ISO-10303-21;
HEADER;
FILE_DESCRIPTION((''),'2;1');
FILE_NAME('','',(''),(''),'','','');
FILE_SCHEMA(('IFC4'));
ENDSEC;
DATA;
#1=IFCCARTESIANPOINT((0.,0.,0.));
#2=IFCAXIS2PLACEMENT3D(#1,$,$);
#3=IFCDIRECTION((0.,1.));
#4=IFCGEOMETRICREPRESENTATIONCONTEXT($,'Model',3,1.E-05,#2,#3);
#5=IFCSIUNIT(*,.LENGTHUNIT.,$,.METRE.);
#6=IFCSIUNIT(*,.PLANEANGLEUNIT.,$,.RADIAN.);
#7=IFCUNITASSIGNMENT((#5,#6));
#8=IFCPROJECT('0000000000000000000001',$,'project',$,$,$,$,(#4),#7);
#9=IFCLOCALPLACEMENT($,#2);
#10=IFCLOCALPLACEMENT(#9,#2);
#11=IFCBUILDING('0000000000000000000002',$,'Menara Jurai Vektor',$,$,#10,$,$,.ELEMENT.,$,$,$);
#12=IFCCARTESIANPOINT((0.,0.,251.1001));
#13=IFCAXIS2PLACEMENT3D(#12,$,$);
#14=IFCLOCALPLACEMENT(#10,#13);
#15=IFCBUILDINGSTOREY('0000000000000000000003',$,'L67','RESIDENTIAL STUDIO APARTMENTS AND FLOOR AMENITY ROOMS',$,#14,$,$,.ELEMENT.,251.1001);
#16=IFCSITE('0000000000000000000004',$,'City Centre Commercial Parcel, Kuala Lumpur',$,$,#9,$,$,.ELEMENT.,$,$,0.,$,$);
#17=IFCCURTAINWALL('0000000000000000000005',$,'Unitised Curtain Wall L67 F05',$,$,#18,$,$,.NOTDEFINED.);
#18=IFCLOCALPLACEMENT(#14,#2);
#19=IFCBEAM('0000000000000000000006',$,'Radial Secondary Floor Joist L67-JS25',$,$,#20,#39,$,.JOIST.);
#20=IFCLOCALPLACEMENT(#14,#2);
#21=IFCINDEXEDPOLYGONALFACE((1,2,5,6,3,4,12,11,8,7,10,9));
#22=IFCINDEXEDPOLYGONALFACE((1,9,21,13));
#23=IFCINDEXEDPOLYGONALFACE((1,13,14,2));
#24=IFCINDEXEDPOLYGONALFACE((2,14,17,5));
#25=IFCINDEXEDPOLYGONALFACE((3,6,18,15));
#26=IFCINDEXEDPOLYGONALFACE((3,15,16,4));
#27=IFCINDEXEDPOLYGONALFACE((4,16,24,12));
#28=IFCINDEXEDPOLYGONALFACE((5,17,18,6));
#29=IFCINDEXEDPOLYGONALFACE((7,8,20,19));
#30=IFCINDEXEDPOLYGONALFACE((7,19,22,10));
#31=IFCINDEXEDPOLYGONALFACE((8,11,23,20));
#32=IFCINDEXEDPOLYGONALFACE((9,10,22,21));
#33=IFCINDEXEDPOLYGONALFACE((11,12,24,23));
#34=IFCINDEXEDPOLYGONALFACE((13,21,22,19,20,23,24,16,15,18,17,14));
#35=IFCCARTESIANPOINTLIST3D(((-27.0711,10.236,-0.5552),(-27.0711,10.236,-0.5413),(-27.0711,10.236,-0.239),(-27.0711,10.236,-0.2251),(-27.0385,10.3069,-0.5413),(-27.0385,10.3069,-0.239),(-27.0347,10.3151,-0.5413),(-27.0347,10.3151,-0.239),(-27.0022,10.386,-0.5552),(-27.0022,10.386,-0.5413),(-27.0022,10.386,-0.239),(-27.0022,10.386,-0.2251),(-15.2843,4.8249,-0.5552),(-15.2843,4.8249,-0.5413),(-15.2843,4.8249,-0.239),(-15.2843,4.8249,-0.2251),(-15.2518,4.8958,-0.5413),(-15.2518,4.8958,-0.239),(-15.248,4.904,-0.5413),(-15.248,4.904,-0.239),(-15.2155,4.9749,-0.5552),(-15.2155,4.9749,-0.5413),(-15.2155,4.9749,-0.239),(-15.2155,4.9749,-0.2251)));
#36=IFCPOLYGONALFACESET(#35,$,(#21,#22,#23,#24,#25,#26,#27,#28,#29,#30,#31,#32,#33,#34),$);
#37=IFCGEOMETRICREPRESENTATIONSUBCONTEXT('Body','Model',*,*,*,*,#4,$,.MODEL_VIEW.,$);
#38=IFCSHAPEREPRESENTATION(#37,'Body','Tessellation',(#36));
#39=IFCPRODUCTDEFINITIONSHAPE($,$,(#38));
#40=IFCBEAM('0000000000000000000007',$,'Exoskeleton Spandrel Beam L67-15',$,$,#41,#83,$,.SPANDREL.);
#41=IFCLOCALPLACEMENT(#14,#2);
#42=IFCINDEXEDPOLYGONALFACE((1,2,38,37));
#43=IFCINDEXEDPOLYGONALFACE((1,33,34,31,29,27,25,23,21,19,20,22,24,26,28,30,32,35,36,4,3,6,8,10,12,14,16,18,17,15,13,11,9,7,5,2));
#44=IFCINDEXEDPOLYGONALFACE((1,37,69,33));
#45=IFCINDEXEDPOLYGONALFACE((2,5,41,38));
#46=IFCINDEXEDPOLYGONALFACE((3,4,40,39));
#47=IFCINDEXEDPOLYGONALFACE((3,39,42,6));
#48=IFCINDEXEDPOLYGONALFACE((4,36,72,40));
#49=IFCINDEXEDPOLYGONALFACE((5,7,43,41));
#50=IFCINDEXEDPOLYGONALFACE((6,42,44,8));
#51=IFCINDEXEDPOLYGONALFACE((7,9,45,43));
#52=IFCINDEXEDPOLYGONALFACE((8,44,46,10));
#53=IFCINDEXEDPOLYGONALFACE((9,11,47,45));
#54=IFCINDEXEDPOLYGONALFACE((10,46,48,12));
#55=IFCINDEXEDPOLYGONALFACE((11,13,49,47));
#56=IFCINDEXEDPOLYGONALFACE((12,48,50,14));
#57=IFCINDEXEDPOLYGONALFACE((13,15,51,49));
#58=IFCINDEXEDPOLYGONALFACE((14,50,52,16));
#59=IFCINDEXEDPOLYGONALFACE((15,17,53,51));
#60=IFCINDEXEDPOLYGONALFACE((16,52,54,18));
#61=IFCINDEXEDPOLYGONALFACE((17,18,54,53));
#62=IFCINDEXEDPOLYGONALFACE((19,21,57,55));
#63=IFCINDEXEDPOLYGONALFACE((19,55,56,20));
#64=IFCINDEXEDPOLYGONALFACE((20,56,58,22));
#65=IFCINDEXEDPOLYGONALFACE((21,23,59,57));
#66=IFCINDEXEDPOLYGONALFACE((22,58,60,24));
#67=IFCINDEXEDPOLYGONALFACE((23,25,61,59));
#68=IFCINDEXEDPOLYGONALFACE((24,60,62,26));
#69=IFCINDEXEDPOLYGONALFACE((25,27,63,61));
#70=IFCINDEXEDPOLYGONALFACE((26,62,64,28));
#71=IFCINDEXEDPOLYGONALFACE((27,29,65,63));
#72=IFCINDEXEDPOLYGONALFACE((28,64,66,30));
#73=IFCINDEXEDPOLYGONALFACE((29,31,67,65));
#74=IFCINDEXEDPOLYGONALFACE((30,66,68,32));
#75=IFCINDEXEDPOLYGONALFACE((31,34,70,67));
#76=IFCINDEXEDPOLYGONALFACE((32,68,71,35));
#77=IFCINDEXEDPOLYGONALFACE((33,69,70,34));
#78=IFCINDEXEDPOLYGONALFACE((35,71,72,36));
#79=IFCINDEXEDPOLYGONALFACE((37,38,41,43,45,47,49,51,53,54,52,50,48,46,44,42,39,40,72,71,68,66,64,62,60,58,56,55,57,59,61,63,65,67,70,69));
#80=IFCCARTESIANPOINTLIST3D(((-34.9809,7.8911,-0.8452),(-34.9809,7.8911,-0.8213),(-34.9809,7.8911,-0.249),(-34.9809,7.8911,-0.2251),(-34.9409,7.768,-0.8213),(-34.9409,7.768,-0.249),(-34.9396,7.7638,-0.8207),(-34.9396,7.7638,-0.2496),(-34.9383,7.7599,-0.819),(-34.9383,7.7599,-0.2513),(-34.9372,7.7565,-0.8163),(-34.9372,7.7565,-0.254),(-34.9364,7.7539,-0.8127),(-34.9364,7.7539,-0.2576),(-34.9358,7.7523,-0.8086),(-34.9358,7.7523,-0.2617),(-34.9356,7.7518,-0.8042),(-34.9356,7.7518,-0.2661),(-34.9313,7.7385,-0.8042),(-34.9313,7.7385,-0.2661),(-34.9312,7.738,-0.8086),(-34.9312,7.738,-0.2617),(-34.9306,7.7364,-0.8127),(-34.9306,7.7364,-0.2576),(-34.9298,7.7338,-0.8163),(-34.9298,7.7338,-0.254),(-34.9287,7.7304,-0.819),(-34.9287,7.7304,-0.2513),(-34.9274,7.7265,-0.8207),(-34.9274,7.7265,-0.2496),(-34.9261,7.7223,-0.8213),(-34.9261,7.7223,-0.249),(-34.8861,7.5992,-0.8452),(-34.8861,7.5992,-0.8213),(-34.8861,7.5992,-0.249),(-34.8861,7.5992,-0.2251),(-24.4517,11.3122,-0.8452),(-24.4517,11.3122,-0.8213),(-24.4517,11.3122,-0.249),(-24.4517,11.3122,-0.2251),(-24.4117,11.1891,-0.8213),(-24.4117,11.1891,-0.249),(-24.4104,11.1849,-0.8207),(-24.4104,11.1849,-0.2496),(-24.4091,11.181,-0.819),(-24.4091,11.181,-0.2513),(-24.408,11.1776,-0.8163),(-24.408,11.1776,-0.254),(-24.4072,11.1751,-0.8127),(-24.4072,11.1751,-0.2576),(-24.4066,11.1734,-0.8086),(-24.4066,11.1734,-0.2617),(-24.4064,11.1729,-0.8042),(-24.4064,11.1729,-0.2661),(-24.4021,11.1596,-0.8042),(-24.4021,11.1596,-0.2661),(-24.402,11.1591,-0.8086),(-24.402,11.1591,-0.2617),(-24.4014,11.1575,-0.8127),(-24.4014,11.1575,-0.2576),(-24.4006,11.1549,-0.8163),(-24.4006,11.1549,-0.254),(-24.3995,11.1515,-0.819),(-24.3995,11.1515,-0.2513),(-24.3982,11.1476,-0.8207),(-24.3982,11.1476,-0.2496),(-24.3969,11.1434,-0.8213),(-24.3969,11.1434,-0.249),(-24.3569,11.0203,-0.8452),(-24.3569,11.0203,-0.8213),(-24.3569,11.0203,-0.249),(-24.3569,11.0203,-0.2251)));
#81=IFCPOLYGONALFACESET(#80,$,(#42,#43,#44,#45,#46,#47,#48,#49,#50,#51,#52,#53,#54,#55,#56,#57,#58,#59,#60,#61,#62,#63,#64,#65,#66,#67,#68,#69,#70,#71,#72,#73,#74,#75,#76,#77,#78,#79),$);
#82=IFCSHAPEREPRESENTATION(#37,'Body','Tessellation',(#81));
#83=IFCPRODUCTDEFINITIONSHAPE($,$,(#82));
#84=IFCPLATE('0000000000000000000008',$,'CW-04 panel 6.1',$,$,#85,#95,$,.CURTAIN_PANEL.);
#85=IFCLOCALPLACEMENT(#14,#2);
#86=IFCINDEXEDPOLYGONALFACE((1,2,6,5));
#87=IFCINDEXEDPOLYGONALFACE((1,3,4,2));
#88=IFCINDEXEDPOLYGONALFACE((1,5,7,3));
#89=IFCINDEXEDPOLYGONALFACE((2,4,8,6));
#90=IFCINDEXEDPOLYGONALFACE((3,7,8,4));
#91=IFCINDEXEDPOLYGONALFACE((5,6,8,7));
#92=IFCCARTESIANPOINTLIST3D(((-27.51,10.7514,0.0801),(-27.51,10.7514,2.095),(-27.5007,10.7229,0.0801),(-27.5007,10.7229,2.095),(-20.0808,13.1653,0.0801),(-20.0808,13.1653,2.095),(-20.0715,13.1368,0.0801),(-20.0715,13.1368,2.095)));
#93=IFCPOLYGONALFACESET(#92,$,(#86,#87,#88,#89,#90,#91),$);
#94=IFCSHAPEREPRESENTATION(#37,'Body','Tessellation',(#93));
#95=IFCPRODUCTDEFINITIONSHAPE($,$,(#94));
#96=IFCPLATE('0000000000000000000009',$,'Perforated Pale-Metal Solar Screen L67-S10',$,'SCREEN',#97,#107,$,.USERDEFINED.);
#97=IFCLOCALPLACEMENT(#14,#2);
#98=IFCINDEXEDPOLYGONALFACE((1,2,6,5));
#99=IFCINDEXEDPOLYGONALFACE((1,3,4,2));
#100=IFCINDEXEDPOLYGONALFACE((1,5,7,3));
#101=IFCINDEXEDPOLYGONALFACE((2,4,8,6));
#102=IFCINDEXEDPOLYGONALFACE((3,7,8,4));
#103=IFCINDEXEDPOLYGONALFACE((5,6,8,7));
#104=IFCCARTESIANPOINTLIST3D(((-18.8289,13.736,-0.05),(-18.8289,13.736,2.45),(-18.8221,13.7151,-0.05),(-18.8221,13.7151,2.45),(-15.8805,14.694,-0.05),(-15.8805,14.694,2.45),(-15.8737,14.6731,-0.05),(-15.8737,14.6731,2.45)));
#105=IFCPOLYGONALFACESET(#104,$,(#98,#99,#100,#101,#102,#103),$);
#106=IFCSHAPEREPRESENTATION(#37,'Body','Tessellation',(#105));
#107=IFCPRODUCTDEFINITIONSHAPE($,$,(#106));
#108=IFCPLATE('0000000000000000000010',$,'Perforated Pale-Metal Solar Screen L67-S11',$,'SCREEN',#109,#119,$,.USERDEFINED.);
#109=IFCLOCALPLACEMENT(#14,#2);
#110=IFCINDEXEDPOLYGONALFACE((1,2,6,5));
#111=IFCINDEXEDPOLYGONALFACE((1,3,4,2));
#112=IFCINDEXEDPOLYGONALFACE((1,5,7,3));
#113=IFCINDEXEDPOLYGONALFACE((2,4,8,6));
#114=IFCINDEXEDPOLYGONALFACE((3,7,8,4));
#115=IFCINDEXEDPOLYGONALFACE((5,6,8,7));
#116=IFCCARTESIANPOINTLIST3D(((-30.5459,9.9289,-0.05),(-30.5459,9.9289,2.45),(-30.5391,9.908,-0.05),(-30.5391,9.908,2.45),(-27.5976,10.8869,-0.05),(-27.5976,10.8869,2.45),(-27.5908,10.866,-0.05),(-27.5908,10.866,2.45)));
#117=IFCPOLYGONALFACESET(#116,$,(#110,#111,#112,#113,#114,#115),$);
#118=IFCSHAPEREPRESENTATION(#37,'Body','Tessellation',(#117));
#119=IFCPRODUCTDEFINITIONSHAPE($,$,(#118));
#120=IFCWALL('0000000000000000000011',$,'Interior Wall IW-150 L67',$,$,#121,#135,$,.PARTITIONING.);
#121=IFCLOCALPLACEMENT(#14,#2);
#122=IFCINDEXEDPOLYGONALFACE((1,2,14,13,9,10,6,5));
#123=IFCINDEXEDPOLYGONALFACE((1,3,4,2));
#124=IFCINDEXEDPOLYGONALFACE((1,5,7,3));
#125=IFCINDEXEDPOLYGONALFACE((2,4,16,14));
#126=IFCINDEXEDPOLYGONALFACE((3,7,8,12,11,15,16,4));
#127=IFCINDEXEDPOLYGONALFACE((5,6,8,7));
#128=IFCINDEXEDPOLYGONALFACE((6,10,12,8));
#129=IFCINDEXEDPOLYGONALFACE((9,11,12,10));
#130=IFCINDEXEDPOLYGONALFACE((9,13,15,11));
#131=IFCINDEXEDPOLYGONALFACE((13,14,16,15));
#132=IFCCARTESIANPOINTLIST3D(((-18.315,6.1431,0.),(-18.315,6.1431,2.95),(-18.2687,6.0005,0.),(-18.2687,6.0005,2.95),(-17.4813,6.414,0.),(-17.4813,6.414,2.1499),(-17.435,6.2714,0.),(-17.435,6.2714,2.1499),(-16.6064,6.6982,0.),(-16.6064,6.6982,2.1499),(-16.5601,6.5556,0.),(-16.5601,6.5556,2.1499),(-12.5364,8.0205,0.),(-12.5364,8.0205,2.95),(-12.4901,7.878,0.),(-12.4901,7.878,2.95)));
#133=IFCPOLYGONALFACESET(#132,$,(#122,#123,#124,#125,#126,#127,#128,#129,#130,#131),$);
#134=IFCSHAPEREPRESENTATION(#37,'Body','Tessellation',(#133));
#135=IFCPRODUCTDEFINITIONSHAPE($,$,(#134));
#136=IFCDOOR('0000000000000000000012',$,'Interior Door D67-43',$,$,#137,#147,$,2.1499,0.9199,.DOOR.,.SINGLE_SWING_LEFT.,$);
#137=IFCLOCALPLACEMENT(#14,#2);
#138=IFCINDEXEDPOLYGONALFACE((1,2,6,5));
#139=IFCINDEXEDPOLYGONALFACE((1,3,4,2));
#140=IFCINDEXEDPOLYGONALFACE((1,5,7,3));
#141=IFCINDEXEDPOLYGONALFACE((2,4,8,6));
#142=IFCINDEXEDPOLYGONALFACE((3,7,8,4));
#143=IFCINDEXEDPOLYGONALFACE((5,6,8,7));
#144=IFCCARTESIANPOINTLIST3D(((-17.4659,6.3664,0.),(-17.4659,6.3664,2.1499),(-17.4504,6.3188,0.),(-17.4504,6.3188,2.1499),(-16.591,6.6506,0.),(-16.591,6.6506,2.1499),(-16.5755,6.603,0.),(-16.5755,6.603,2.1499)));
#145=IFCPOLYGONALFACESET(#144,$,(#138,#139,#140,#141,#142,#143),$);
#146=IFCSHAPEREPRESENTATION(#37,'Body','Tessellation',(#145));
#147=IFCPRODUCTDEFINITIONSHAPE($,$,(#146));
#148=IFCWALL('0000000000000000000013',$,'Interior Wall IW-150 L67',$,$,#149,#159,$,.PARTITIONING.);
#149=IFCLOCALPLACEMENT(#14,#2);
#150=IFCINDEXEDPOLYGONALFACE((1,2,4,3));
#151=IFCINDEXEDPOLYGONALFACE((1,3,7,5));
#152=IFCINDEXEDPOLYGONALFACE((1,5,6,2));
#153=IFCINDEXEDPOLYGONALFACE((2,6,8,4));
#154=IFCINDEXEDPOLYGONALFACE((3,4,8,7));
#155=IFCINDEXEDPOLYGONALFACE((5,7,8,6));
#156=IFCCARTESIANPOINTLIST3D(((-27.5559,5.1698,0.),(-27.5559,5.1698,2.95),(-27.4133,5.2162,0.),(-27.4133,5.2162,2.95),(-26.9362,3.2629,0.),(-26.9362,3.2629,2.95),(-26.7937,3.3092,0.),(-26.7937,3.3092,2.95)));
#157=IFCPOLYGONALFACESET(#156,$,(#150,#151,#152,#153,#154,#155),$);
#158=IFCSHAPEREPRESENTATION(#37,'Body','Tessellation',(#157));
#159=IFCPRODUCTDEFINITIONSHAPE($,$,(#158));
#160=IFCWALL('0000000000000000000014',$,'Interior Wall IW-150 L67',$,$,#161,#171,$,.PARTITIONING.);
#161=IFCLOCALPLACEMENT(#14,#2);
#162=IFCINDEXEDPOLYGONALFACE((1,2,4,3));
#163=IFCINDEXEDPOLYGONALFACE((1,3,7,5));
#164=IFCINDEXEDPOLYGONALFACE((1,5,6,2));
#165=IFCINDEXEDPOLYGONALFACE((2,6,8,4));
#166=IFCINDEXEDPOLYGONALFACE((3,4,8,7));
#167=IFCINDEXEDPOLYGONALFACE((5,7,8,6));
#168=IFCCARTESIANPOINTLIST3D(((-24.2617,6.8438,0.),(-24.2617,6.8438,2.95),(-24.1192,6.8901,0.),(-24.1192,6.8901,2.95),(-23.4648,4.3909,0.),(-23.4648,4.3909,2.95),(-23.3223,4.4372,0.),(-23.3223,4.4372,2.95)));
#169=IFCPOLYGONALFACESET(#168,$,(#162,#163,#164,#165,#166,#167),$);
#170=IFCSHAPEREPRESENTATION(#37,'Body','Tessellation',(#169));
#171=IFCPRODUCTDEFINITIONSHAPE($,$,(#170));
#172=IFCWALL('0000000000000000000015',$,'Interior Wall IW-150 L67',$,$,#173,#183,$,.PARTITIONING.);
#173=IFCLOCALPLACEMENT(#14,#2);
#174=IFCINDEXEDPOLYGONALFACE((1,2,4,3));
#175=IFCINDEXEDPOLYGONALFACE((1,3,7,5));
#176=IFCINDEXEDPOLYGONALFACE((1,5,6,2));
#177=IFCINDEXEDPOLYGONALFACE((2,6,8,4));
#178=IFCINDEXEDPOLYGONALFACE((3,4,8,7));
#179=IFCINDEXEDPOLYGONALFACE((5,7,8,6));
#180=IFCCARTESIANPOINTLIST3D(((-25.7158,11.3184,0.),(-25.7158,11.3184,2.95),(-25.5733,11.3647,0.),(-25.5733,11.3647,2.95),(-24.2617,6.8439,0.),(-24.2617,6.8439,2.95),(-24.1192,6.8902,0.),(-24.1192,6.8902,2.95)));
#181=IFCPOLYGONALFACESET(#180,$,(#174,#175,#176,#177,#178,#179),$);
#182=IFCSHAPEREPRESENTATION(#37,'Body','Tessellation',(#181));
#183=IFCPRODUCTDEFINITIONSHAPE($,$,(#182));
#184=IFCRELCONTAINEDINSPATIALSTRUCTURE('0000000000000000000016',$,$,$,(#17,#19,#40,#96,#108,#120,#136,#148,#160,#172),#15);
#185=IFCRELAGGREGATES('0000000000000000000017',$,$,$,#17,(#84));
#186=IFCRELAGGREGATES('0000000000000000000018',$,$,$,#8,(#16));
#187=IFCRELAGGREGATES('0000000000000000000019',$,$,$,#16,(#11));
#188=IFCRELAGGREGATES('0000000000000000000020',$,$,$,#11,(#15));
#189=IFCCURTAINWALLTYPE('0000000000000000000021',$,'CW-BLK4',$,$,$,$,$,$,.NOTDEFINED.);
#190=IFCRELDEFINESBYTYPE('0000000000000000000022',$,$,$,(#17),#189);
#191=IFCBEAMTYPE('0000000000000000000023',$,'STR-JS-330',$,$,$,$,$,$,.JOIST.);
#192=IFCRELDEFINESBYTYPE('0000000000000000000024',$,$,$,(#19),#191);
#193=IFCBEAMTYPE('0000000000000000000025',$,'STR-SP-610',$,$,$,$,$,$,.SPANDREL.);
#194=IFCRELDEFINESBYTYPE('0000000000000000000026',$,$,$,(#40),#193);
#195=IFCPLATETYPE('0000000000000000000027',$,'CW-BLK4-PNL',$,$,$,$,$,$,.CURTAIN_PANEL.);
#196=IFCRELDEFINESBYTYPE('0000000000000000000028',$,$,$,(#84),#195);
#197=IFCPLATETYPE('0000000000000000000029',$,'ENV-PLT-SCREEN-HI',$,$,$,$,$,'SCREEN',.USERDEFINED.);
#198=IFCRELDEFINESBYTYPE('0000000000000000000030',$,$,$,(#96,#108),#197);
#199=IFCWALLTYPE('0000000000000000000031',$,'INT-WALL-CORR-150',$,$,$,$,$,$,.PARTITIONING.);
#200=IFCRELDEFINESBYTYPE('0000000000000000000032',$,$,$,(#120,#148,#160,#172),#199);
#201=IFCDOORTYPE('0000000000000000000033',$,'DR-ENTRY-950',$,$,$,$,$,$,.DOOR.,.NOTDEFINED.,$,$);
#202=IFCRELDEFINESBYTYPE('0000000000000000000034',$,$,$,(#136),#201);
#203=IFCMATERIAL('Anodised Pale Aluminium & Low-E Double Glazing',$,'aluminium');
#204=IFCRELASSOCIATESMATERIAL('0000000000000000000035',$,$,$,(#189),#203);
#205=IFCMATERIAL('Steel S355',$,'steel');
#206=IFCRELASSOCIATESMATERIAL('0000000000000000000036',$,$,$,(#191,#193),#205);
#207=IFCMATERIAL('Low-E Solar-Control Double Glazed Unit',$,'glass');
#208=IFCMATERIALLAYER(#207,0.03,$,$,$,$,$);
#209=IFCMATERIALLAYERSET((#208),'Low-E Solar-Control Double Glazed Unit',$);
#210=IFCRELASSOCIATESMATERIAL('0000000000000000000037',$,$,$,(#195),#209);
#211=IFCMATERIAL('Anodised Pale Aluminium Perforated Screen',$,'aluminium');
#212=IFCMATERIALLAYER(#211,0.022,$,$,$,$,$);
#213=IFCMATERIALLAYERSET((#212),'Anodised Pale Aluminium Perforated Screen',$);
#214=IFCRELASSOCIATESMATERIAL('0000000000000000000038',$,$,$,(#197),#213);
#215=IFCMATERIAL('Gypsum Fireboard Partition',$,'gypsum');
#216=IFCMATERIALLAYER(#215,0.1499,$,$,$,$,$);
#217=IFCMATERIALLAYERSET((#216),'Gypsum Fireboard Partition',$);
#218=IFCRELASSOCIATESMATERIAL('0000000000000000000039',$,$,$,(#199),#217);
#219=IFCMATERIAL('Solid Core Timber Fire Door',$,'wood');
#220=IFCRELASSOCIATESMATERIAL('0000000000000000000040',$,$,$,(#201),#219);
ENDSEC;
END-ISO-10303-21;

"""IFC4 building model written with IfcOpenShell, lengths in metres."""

from ifc_helpers import new_model, si_unit, direction, frame, frame_2d, origin, origin_2d, place, context, subcontext, project, spatial, rectangle, i_section, extrude, material, layer, layer_set, material_profile, profile_set, type_object, element, fill, aggregate, save


model = new_model("IFC4")

# Units and contexts
model_context = context("Model", 3, precision=1e-05, world=origin(), true_north=direction((0.0, 1.0)))
body_context = subcontext(model_context, "Body", "Model", "MODEL_VIEW")
ifc_project = project(units=[si_unit("LENGTHUNIT", "METRE"), si_unit("PLANEANGLEUNIT", "RADIAN")], contexts=[model_context])

# Site, building, storey
site_placement = place(None, origin())
site = spatial("IfcSite", under=ifc_project, at=site_placement, Name="City Centre Commercial Parcel, Kuala Lumpur", CompositionType="ELEMENT", RefElevation=0.0)
building_placement = place(site_placement, origin())
building = spatial("IfcBuilding", under=site, at=building_placement, Name="Menara Jurai Vektor", CompositionType="ELEMENT")
storey_placement = place(building_placement, frame((0.0, 0.0, 251.1001)))
storey = spatial("IfcBuildingStorey", under=building, at=storey_placement, Name="L67", Description="RESIDENTIAL STUDIO APARTMENTS AND FLOOR AMENITY ROOMS", CompositionType="ELEMENT", Elevation=251.1001)

# Curtain wall
ifc_material_1 = material(Name="Anodised Pale Aluminium & Low-E Double Glazing", Category="aluminium")
curtain_wall_type = type_object("IfcCurtainWallType", Name="CW-BLK4", PredefinedType="NOTDEFINED", material=ifc_material_1)
curtain_wall_placement = place(storey_placement, origin())
curtain_wall = element("IfcCurtainWall", 1, at=curtain_wall_placement, inside=storey, type_object=curtain_wall_type, Name="Unitised Curtain Wall L67 F05", PredefinedType="NOTDEFINED")

# Beams
ifc_material_2 = material(Name="Steel S355", Category="steel")
ifc_material_profile_1 = material_profile(ifc_material_2, i_section(OverallWidth=0.165, OverallDepth=0.3301, WebThickness=0.009, FlangeThickness=0.0139, at=origin_2d()), Name="PG 330x165x46")
ifc_profile_set_1 = profile_set([ifc_material_profile_1], Name="Steel S355")
beam_type_1 = type_object("IfcBeamType", Name="STR-JS-330", PredefinedType="JOIST", material=ifc_profile_set_1)
beam_1_placement = place(storey_placement, frame((-27.0366, 10.311, -0.3901), z_axis=(0.908804, -0.417224, 0.0), x_axis=(0.417224, 0.908804, 0.0)))
element("IfcBeam", 2, at=beam_1_placement, inside=storey, type_object=beam_type_1, Name="Radial Secondary Floor Joist L67-JS25", PredefinedType="JOIST", context=body_context, shape_type="SweptSolid", body=[
    extrude(i_section(OverallWidth=0.165, OverallDepth=0.3301, WebThickness=0.009, FlangeThickness=0.0139, at=origin_2d()), origin(), (0.0, 0.0, 1.0), 12.9695),
])
ifc_material_profile_2 = material_profile(ifc_material_2, i_section(OverallWidth=0.3069, OverallDepth=0.6201, WebThickness=0.0139, FlangeThickness=0.0239, FilletRadius=0.0171, at=origin_2d()), Name="UKB 610x305x179")
ifc_profile_set_2 = profile_set([ifc_material_profile_2], Name="Steel S355")
beam_type_2 = type_object("IfcBeamType", Name="STR-SP-610", PredefinedType="SPANDREL", material=ifc_profile_set_2)
beam_2_placement = place(storey_placement, frame((-24.4043, 11.1663, -0.5352), z_axis=(-0.951057, -0.309014, 0.0), x_axis=(0.309014, -0.951057, 0.0)))
element("IfcBeam", 3, at=beam_2_placement, inside=storey, type_object=beam_type_2, Name="Exoskeleton Spandrel Beam L67-15", PredefinedType="SPANDREL", context=body_context, shape_type="SweptSolid", body=[
    extrude(i_section(OverallWidth=0.3069, OverallDepth=0.6201, WebThickness=0.0139, FlangeThickness=0.0239, FilletRadius=0.0171, at=origin_2d()), origin(), (0.0, 0.0, 1.0), 11.071),
])

# Plate
ifc_material_3 = material(Name="Low-E Solar-Control Double Glazed Unit", Category="glass")
ifc_layer_1 = layer(ifc_material_3, 0.03)
ifc_layer_set_1 = layer_set([ifc_layer_1], Name="Low-E Solar-Control Double Glazed Unit")
plate_type_1 = type_object("IfcPlateType", Name="CW-BLK4-PNL", PredefinedType="CURTAIN_PANEL", material=ifc_layer_set_1)
plate_placement = place(storey_placement, frame((-23.7908, 11.9441, 0.0801), z_axis=(0.0, 0.0, 1.0), x_axis=(-0.951056, -0.309017, 0.0)))
plate = element("IfcPlate", 4, at=plate_placement, type_object=plate_type_1, Name="CW-04 panel 6.1", PredefinedType="CURTAIN_PANEL", context=body_context, shape_type="SweptSolid", body=[
    extrude(rectangle(XDim=7.8115, YDim=0.03, at=origin_2d()), origin(), (0.0, 0.0, 1.0), 2.0149),
])
aggregate(curtain_wall, [plate])

# Plates
ifc_material_4 = material(Name="Anodised Pale Aluminium Perforated Screen", Category="aluminium")
ifc_layer_2 = layer(ifc_material_4, 0.022)
ifc_layer_set_2 = layer_set([ifc_layer_2], Name="Anodised Pale Aluminium Perforated Screen")
plate_type_2 = type_object("IfcPlateType", Name="ENV-PLT-SCREEN-HI", ElementType="SCREEN", PredefinedType="USERDEFINED", material=ifc_layer_set_2)
for number, where, z_axis, x_axis, name in (
    (5, (-17.3513, 14.2046, -0.05), (0.0, 0.0, 1.0), (-0.951057, -0.309017, 0.0), "Perforated Pale-Metal Solar Screen L67-S10"),
    (6, (-29.0684, 10.3975, -0.05), (0.0, 0.0, 1.0), (-0.951057, -0.309017, 0.0), "Perforated Pale-Metal Solar Screen L67-S11"),
):
    element("IfcPlate", number, at=place(storey_placement, frame(where, z_axis=z_axis, x_axis=x_axis)), inside=storey, type_object=plate_type_2, Name=name, ObjectType="SCREEN", PredefinedType="USERDEFINED", context=body_context, shape_type="SweptSolid", body=[
        extrude(rectangle(XDim=3.1001, YDim=0.022, at=origin_2d()), origin(), (0.0, 0.0, 1.0), 2.5),
    ])

# Wall, opening, door
ifc_material_5 = material(Name="Gypsum Fireboard Partition", Category="gypsum")
ifc_layer_3 = layer(ifc_material_5, 0.1499)
ifc_layer_set_3 = layer_set([ifc_layer_3], Name="Gypsum Fireboard Partition")
wall_type_1 = type_object("IfcWallType", Name="INT-WALL-CORR-150", PredefinedType="PARTITIONING", material=ifc_layer_set_3)
wall_1_placement = place(storey_placement, frame((-18.292, 6.0718, 0.0), z_axis=(0.0, 0.0, 1.0), x_axis=(0.951063, 0.308998, 0.0)))
wall_1 = element("IfcWall", 7, at=wall_1_placement, inside=storey, type_object=wall_type_1, Name="Interior Wall IW-150 L67", PredefinedType="PARTITIONING", context=body_context, shape_type="SweptSolid", body=[
    extrude(rectangle(XDim=6.0759, YDim=0.1499, at=frame_2d((3.0381, 0.0))), origin(), (0.0, 0.0, 1.0), 2.95),
])
opening_1_placement = place(wall_1_placement, frame((0.8767, 0.0, 0.0)))
opening_1 = element("IfcOpeningElement", 8, at=opening_1_placement, cuts=wall_1, PredefinedType="OPENING", context=body_context, shape_type="SweptSolid", body=[
    extrude(rectangle(XDim=0.9199, YDim=2.1499, at=frame_2d((0.46, 1.075))), frame((0.0, 0.085, 0.0), z_axis=(0.0, -1.0, 0.0), x_axis=(1.0, 0.0, 0.0)), (0.0, 0.0, 1.0), 0.1699),
])
ifc_material_6 = material(Name="Solid Core Timber Fire Door", Category="wood")
door_type = type_object("IfcDoorType", Name="DR-ENTRY-950", OperationType="NOTDEFINED", PredefinedType="DOOR", material=ifc_material_6)
door_1_placement = place(opening_1_placement, origin())
door_1 = element("IfcDoor", 9, at=door_1_placement, inside=storey, type_object=door_type, Name="Interior Door D67-43", OperationType="SINGLE_SWING_LEFT", OverallHeight=2.1499, OverallWidth=0.9199, PredefinedType="DOOR", context=body_context, shape_type="SweptSolid", body=[
    extrude(rectangle(XDim=0.9199, YDim=2.1499, at=frame_2d((0.46, 1.075))), frame((0.0, 0.0249, 0.0), z_axis=(0.0, -1.0, 0.0), x_axis=(1.0, 0.0, 0.0)), (0.0, 0.0, 1.0), 0.05),
])
fill(opening_1, door_1)

# Walls
wall_2_placement = place(storey_placement, frame((-26.865, 3.2861, 0.0), z_axis=(0.0, 0.0, 1.0), x_axis=(-0.309023, 0.951055, 0.0)))
element("IfcWall", 10, at=wall_2_placement, inside=storey, type_object=wall_type_1, Name="Interior Wall IW-150 L67", PredefinedType="PARTITIONING", context=body_context, shape_type="SweptSolid", body=[
    extrude(rectangle(XDim=2.0051, YDim=0.1499, at=frame_2d((1.0024, 0.0))), origin(), (0.0, 0.0, 1.0), 2.95),
])
wall_3_placement = place(storey_placement, frame((-23.3936, 4.4141, 0.0), z_axis=(0.0, 0.0, 1.0), x_axis=(-0.308977, 0.95107, 0.0)))
element("IfcWall", 11, at=wall_3_placement, inside=storey, type_object=wall_type_1, Name="Interior Wall IW-150 L67", PredefinedType="PARTITIONING", context=body_context, shape_type="SweptSolid", body=[
    extrude(rectangle(XDim=2.5791, YDim=0.1499, at=frame_2d((1.2896, 0.0))), origin(), (0.0, 0.0, 1.0), 2.95),
])
wall_4_placement = place(storey_placement, frame((-24.1904, 6.8669, 0.0), z_axis=(0.0, 0.0, 1.0), x_axis=(-0.309058, 0.951043, 0.0)))
element("IfcWall", 12, at=wall_4_placement, inside=storey, type_object=wall_type_1, Name="Interior Wall IW-150 L67", PredefinedType="PARTITIONING", context=body_context, shape_type="SweptSolid", body=[
    extrude(rectangle(XDim=4.7048, YDim=0.1499, at=frame_2d((2.3525, 0.0))), origin(), (0.0, 0.0, 1.0), 2.95),
])

save(model, "model.ifc")
